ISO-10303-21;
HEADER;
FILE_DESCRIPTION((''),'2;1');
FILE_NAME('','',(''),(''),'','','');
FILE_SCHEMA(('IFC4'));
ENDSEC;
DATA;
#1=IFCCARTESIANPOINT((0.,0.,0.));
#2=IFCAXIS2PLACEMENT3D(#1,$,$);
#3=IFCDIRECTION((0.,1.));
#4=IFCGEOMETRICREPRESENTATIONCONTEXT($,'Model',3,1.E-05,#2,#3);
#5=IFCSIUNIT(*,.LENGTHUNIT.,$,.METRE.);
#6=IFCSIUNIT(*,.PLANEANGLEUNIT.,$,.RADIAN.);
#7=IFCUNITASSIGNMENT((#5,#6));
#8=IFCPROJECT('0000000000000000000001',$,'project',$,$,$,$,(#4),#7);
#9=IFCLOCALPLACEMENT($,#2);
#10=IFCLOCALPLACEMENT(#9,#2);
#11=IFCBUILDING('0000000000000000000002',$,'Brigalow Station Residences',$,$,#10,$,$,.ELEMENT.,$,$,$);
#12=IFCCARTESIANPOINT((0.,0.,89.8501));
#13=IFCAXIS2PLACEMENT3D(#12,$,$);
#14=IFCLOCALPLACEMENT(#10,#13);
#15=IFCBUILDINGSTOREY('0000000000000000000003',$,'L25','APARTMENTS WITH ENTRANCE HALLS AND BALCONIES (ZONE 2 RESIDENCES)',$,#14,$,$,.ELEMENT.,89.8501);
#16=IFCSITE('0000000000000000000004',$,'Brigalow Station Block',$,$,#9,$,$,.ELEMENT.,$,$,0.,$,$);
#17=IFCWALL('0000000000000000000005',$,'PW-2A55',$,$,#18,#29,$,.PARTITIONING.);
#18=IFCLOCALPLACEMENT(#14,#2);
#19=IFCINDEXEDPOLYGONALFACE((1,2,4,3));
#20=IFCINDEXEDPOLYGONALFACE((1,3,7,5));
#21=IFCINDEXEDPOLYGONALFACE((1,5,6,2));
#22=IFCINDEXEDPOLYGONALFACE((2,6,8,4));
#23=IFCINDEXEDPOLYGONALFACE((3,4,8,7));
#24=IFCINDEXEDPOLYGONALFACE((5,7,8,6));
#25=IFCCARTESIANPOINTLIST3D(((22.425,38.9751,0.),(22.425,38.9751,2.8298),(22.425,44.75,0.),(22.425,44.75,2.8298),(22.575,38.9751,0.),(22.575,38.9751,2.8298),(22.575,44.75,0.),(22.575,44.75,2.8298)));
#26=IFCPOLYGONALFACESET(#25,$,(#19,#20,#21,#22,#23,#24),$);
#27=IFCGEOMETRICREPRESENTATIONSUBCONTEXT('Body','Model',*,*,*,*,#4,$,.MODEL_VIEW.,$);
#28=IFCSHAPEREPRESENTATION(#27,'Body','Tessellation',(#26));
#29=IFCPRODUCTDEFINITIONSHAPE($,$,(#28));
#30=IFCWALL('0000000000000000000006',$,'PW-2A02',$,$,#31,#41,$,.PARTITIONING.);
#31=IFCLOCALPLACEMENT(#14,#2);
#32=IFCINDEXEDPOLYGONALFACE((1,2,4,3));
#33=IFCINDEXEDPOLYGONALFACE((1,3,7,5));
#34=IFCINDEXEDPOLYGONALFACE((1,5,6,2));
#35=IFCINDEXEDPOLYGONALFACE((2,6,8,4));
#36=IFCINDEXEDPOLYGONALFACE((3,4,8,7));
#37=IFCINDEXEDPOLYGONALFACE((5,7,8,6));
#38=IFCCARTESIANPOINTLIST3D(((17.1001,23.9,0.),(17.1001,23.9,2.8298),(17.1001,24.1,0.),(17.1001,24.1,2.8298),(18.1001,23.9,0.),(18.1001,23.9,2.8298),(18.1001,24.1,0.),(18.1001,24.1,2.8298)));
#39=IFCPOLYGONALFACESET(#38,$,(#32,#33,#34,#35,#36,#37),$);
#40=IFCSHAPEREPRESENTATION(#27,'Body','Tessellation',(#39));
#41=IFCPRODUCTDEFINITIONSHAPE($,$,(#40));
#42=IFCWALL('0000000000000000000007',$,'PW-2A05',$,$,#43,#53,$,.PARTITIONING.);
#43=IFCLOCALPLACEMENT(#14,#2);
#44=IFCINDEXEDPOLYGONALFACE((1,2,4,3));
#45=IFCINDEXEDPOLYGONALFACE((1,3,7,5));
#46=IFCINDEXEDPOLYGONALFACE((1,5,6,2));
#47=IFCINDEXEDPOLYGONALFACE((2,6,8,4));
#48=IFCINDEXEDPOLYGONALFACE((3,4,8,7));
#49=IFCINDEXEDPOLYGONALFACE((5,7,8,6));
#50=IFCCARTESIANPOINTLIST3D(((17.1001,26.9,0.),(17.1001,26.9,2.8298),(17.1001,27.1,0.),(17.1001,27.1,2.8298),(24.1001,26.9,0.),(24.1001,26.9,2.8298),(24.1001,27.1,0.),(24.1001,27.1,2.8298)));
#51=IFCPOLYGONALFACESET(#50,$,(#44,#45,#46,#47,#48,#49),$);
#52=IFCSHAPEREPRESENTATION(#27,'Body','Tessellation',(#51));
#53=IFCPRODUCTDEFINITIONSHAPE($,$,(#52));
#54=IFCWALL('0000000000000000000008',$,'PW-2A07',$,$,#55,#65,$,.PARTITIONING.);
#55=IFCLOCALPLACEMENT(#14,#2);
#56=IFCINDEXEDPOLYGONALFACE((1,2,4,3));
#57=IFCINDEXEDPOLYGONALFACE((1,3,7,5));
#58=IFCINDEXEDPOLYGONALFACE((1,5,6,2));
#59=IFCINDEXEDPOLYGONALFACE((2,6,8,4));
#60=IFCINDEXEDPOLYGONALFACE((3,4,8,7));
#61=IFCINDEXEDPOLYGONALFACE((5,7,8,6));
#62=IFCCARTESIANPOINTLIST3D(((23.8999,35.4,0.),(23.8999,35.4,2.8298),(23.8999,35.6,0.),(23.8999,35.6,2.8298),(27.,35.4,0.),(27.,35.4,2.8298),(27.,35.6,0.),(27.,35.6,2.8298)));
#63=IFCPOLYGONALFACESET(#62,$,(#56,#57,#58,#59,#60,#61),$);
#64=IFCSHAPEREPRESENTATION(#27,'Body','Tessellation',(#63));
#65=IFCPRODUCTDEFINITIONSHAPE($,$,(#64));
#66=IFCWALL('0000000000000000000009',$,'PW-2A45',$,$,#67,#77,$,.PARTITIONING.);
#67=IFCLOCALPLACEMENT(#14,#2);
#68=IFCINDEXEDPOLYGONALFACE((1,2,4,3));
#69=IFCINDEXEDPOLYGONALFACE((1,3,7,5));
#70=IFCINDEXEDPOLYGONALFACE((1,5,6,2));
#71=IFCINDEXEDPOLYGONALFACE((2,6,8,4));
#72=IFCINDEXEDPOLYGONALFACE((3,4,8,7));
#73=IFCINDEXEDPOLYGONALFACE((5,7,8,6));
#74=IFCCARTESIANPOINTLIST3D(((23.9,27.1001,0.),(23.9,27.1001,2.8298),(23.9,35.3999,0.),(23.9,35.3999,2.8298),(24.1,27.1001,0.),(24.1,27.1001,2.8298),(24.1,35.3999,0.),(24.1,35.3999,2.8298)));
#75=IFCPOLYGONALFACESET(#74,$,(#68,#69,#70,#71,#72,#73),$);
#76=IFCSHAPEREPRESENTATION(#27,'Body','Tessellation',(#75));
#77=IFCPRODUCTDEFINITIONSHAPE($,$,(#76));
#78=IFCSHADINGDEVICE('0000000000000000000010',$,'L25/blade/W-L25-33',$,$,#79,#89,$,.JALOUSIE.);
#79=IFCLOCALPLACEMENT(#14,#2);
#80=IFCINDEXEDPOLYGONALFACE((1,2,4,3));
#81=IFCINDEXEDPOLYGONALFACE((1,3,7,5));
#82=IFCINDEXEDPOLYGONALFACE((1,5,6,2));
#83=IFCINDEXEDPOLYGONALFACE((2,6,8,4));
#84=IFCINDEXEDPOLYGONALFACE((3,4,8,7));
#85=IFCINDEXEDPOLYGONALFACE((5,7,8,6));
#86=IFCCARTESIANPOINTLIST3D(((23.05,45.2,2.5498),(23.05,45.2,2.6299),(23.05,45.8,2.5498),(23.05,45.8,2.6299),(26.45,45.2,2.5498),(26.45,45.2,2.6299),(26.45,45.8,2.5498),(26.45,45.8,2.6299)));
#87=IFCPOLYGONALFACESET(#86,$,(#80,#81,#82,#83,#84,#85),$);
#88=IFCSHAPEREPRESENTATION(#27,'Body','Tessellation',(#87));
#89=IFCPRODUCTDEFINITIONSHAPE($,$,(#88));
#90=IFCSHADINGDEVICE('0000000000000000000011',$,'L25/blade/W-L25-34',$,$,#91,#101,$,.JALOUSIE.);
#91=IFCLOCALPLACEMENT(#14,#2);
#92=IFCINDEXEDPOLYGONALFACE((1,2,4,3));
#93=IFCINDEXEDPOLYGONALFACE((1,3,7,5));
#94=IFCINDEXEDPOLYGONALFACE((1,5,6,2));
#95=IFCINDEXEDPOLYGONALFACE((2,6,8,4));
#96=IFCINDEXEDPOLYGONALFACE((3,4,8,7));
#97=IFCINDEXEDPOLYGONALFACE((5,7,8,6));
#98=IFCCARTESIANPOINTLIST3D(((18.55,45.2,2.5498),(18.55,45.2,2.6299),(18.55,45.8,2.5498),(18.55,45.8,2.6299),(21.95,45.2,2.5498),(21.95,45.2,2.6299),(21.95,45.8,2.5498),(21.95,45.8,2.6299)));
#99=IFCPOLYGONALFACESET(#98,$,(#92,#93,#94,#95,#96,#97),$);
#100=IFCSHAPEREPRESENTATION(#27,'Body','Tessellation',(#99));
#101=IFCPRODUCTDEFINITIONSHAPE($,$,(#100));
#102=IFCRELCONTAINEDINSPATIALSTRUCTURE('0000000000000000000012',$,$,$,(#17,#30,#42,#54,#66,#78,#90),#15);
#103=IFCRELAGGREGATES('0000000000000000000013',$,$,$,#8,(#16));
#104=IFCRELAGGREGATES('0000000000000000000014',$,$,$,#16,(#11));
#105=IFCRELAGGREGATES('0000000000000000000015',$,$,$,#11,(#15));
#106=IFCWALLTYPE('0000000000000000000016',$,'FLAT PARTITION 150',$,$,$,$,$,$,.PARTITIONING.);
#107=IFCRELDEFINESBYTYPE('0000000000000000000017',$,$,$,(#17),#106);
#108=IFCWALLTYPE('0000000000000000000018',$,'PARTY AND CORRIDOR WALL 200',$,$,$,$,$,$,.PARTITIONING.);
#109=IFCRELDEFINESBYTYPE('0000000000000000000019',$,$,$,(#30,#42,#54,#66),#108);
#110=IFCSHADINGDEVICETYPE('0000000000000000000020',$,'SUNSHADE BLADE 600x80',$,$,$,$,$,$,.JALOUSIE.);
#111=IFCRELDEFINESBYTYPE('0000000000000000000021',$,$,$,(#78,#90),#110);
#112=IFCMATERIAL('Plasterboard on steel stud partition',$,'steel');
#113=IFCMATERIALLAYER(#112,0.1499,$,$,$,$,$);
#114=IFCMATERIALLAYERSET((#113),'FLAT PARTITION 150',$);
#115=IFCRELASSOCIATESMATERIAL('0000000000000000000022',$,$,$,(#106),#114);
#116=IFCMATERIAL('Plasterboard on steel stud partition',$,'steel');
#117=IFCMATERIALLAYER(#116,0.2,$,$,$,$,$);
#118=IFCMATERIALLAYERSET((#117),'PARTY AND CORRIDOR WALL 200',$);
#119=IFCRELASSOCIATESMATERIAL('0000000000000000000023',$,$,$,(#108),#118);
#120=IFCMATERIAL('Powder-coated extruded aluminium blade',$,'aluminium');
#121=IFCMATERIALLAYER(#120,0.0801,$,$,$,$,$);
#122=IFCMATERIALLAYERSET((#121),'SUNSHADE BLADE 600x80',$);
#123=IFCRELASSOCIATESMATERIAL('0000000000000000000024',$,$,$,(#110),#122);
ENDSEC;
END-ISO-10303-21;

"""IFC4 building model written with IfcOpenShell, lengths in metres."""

from ifc_helpers import new_model, si_unit, direction, frame, frame_2d, origin, origin_2d, place, context, subcontext, project, spatial, rectangle, extrude, material, layer, layer_set, type_object, element, save


model = new_model("IFC4")

# Units and contexts
model_context = context("Model", 3, precision=1e-05, world=origin(), true_north=direction((0.0, 1.0)))
body_context = subcontext(model_context, "Body", "Model", "MODEL_VIEW")
ifc_project = project(units=[si_unit("LENGTHUNIT", "METRE"), si_unit("PLANEANGLEUNIT", "RADIAN")], contexts=[model_context])

# Site, building, storey
site_placement = place(None, origin())
site = spatial("IfcSite", under=ifc_project, at=site_placement, Name="Brigalow Station Block", CompositionType="ELEMENT", RefElevation=0.0)
building_placement = place(site_placement, origin())
building = spatial("IfcBuilding", under=site, at=building_placement, Name="Brigalow Station Residences", CompositionType="ELEMENT")
storey_placement = place(building_placement, frame((0.0, 0.0, 89.8501)))
storey = spatial("IfcBuildingStorey", under=building, at=storey_placement, Name="L25", Description="APARTMENTS WITH ENTRANCE HALLS AND BALCONIES (ZONE 2 RESIDENCES)", CompositionType="ELEMENT", Elevation=89.8501)

# Shared definitions
ifc_material_1 = material(Name="Plasterboard on steel stud partition", Category="steel")
ifc_layer_1 = layer(ifc_material_1, 0.1499)
ifc_layer_set_1 = layer_set([ifc_layer_1], Name="FLAT PARTITION 150")
wall_type_1 = type_object("IfcWallType", Name="FLAT PARTITION 150", PredefinedType="PARTITIONING", material=ifc_layer_set_1)

# Walls
wall_1_placement = place(storey_placement, frame((22.5, 38.9751, 0.0), z_axis=(0.0, 0.0, 1.0), x_axis=(0.0, 1.0, 0.0)))
element("IfcWall", 1, at=wall_1_placement, inside=storey, type_object=wall_type_1, Name="PW-2A55", PredefinedType="PARTITIONING", context=body_context, shape_type="SweptSolid", body=[
    extrude(rectangle(XDim=5.7749, YDim=0.1499, at=frame_2d((2.8875, 0.0))), origin(), (0.0, 0.0, 1.0), 2.8298),
])
ifc_material_2 = material(Name="Plasterboard on steel stud partition", Category="steel")
ifc_layer_2 = layer(ifc_material_2, 0.2)
ifc_layer_set_2 = layer_set([ifc_layer_2], Name="PARTY AND CORRIDOR WALL 200")
wall_type_2 = type_object("IfcWallType", Name="PARTY AND CORRIDOR WALL 200", PredefinedType="PARTITIONING", material=ifc_layer_set_2)
wall_2_placement = place(storey_placement, frame((17.1001, 24.0, 0.0), z_axis=(0.0, 0.0, 1.0), x_axis=(1.0, 0.0, 0.0)))
element("IfcWall", 2, at=wall_2_placement, inside=storey, type_object=wall_type_2, Name="PW-2A02", PredefinedType="PARTITIONING", context=body_context, shape_type="SweptSolid", body=[
    extrude(rectangle(XDim=1.0, YDim=0.2, at=frame_2d((0.5, 0.0))), origin(), (0.0, 0.0, 1.0), 2.8298),
])
wall_3_placement = place(storey_placement, frame((17.1001, 27.0, 0.0), z_axis=(0.0, 0.0, 1.0), x_axis=(1.0, 0.0, 0.0)))
element("IfcWall", 3, at=wall_3_placement, inside=storey, type_object=wall_type_2, Name="PW-2A05", PredefinedType="PARTITIONING", context=body_context, shape_type="SweptSolid", body=[
    extrude(rectangle(XDim=7.0, YDim=0.2, at=frame_2d((3.5, 0.0))), origin(), (0.0, 0.0, 1.0), 2.8298),
])
wall_4_placement = place(storey_placement, frame((23.8999, 35.5, 0.0), z_axis=(0.0, 0.0, 1.0), x_axis=(1.0, 0.0, 0.0)))
element("IfcWall", 4, at=wall_4_placement, inside=storey, type_object=wall_type_2, Name="PW-2A07", PredefinedType="PARTITIONING", context=body_context, shape_type="SweptSolid", body=[
    extrude(rectangle(XDim=3.1001, YDim=0.2, at=frame_2d((1.55, 0.0))), origin(), (0.0, 0.0, 1.0), 2.8298),
])
wall_5_placement = place(storey_placement, frame((24.0, 27.1001, 0.0), z_axis=(0.0, 0.0, 1.0), x_axis=(0.0, 1.0, 0.0)))
element("IfcWall", 5, at=wall_5_placement, inside=storey, type_object=wall_type_2, Name="PW-2A45", PredefinedType="PARTITIONING", context=body_context, shape_type="SweptSolid", body=[
    extrude(rectangle(XDim=8.2998, YDim=0.2, at=frame_2d((4.1499, 0.0))), origin(), (0.0, 0.0, 1.0), 2.8298),
])

# Shading devices
ifc_material_3 = material(Name="Powder-coated extruded aluminium blade", Category="aluminium")
ifc_layer_3 = layer(ifc_material_3, 0.0801)
ifc_layer_set_3 = layer_set([ifc_layer_3], Name="SUNSHADE BLADE 600x80")
shading_device_type = type_object("IfcShadingDeviceType", Name="SUNSHADE BLADE 600x80", PredefinedType="JALOUSIE", material=ifc_layer_set_3)
for number, where, z_axis, x_axis, name in (
    (6, (24.75, 45.5, 2.5498), (0.0, 0.0, 1.0), (-1.0, 0.0, 0.0), "L25/blade/W-L25-33"),
    (7, (20.25, 45.5, 2.5498), (0.0, 0.0, 1.0), (-1.0, 0.0, 0.0), "L25/blade/W-L25-34"),
):
    element("IfcShadingDevice", number, at=place(storey_placement, frame(where, z_axis=z_axis, x_axis=x_axis)), inside=storey, type_object=shading_device_type, Name=name, PredefinedType="JALOUSIE", context=body_context, shape_type="SweptSolid", body=[
        extrude(rectangle(XDim=3.3999, YDim=0.6001, at=origin_2d()), origin(), (0.0, 0.0, 1.0), 0.0801),
    ])

save(model, "model.ifc")
